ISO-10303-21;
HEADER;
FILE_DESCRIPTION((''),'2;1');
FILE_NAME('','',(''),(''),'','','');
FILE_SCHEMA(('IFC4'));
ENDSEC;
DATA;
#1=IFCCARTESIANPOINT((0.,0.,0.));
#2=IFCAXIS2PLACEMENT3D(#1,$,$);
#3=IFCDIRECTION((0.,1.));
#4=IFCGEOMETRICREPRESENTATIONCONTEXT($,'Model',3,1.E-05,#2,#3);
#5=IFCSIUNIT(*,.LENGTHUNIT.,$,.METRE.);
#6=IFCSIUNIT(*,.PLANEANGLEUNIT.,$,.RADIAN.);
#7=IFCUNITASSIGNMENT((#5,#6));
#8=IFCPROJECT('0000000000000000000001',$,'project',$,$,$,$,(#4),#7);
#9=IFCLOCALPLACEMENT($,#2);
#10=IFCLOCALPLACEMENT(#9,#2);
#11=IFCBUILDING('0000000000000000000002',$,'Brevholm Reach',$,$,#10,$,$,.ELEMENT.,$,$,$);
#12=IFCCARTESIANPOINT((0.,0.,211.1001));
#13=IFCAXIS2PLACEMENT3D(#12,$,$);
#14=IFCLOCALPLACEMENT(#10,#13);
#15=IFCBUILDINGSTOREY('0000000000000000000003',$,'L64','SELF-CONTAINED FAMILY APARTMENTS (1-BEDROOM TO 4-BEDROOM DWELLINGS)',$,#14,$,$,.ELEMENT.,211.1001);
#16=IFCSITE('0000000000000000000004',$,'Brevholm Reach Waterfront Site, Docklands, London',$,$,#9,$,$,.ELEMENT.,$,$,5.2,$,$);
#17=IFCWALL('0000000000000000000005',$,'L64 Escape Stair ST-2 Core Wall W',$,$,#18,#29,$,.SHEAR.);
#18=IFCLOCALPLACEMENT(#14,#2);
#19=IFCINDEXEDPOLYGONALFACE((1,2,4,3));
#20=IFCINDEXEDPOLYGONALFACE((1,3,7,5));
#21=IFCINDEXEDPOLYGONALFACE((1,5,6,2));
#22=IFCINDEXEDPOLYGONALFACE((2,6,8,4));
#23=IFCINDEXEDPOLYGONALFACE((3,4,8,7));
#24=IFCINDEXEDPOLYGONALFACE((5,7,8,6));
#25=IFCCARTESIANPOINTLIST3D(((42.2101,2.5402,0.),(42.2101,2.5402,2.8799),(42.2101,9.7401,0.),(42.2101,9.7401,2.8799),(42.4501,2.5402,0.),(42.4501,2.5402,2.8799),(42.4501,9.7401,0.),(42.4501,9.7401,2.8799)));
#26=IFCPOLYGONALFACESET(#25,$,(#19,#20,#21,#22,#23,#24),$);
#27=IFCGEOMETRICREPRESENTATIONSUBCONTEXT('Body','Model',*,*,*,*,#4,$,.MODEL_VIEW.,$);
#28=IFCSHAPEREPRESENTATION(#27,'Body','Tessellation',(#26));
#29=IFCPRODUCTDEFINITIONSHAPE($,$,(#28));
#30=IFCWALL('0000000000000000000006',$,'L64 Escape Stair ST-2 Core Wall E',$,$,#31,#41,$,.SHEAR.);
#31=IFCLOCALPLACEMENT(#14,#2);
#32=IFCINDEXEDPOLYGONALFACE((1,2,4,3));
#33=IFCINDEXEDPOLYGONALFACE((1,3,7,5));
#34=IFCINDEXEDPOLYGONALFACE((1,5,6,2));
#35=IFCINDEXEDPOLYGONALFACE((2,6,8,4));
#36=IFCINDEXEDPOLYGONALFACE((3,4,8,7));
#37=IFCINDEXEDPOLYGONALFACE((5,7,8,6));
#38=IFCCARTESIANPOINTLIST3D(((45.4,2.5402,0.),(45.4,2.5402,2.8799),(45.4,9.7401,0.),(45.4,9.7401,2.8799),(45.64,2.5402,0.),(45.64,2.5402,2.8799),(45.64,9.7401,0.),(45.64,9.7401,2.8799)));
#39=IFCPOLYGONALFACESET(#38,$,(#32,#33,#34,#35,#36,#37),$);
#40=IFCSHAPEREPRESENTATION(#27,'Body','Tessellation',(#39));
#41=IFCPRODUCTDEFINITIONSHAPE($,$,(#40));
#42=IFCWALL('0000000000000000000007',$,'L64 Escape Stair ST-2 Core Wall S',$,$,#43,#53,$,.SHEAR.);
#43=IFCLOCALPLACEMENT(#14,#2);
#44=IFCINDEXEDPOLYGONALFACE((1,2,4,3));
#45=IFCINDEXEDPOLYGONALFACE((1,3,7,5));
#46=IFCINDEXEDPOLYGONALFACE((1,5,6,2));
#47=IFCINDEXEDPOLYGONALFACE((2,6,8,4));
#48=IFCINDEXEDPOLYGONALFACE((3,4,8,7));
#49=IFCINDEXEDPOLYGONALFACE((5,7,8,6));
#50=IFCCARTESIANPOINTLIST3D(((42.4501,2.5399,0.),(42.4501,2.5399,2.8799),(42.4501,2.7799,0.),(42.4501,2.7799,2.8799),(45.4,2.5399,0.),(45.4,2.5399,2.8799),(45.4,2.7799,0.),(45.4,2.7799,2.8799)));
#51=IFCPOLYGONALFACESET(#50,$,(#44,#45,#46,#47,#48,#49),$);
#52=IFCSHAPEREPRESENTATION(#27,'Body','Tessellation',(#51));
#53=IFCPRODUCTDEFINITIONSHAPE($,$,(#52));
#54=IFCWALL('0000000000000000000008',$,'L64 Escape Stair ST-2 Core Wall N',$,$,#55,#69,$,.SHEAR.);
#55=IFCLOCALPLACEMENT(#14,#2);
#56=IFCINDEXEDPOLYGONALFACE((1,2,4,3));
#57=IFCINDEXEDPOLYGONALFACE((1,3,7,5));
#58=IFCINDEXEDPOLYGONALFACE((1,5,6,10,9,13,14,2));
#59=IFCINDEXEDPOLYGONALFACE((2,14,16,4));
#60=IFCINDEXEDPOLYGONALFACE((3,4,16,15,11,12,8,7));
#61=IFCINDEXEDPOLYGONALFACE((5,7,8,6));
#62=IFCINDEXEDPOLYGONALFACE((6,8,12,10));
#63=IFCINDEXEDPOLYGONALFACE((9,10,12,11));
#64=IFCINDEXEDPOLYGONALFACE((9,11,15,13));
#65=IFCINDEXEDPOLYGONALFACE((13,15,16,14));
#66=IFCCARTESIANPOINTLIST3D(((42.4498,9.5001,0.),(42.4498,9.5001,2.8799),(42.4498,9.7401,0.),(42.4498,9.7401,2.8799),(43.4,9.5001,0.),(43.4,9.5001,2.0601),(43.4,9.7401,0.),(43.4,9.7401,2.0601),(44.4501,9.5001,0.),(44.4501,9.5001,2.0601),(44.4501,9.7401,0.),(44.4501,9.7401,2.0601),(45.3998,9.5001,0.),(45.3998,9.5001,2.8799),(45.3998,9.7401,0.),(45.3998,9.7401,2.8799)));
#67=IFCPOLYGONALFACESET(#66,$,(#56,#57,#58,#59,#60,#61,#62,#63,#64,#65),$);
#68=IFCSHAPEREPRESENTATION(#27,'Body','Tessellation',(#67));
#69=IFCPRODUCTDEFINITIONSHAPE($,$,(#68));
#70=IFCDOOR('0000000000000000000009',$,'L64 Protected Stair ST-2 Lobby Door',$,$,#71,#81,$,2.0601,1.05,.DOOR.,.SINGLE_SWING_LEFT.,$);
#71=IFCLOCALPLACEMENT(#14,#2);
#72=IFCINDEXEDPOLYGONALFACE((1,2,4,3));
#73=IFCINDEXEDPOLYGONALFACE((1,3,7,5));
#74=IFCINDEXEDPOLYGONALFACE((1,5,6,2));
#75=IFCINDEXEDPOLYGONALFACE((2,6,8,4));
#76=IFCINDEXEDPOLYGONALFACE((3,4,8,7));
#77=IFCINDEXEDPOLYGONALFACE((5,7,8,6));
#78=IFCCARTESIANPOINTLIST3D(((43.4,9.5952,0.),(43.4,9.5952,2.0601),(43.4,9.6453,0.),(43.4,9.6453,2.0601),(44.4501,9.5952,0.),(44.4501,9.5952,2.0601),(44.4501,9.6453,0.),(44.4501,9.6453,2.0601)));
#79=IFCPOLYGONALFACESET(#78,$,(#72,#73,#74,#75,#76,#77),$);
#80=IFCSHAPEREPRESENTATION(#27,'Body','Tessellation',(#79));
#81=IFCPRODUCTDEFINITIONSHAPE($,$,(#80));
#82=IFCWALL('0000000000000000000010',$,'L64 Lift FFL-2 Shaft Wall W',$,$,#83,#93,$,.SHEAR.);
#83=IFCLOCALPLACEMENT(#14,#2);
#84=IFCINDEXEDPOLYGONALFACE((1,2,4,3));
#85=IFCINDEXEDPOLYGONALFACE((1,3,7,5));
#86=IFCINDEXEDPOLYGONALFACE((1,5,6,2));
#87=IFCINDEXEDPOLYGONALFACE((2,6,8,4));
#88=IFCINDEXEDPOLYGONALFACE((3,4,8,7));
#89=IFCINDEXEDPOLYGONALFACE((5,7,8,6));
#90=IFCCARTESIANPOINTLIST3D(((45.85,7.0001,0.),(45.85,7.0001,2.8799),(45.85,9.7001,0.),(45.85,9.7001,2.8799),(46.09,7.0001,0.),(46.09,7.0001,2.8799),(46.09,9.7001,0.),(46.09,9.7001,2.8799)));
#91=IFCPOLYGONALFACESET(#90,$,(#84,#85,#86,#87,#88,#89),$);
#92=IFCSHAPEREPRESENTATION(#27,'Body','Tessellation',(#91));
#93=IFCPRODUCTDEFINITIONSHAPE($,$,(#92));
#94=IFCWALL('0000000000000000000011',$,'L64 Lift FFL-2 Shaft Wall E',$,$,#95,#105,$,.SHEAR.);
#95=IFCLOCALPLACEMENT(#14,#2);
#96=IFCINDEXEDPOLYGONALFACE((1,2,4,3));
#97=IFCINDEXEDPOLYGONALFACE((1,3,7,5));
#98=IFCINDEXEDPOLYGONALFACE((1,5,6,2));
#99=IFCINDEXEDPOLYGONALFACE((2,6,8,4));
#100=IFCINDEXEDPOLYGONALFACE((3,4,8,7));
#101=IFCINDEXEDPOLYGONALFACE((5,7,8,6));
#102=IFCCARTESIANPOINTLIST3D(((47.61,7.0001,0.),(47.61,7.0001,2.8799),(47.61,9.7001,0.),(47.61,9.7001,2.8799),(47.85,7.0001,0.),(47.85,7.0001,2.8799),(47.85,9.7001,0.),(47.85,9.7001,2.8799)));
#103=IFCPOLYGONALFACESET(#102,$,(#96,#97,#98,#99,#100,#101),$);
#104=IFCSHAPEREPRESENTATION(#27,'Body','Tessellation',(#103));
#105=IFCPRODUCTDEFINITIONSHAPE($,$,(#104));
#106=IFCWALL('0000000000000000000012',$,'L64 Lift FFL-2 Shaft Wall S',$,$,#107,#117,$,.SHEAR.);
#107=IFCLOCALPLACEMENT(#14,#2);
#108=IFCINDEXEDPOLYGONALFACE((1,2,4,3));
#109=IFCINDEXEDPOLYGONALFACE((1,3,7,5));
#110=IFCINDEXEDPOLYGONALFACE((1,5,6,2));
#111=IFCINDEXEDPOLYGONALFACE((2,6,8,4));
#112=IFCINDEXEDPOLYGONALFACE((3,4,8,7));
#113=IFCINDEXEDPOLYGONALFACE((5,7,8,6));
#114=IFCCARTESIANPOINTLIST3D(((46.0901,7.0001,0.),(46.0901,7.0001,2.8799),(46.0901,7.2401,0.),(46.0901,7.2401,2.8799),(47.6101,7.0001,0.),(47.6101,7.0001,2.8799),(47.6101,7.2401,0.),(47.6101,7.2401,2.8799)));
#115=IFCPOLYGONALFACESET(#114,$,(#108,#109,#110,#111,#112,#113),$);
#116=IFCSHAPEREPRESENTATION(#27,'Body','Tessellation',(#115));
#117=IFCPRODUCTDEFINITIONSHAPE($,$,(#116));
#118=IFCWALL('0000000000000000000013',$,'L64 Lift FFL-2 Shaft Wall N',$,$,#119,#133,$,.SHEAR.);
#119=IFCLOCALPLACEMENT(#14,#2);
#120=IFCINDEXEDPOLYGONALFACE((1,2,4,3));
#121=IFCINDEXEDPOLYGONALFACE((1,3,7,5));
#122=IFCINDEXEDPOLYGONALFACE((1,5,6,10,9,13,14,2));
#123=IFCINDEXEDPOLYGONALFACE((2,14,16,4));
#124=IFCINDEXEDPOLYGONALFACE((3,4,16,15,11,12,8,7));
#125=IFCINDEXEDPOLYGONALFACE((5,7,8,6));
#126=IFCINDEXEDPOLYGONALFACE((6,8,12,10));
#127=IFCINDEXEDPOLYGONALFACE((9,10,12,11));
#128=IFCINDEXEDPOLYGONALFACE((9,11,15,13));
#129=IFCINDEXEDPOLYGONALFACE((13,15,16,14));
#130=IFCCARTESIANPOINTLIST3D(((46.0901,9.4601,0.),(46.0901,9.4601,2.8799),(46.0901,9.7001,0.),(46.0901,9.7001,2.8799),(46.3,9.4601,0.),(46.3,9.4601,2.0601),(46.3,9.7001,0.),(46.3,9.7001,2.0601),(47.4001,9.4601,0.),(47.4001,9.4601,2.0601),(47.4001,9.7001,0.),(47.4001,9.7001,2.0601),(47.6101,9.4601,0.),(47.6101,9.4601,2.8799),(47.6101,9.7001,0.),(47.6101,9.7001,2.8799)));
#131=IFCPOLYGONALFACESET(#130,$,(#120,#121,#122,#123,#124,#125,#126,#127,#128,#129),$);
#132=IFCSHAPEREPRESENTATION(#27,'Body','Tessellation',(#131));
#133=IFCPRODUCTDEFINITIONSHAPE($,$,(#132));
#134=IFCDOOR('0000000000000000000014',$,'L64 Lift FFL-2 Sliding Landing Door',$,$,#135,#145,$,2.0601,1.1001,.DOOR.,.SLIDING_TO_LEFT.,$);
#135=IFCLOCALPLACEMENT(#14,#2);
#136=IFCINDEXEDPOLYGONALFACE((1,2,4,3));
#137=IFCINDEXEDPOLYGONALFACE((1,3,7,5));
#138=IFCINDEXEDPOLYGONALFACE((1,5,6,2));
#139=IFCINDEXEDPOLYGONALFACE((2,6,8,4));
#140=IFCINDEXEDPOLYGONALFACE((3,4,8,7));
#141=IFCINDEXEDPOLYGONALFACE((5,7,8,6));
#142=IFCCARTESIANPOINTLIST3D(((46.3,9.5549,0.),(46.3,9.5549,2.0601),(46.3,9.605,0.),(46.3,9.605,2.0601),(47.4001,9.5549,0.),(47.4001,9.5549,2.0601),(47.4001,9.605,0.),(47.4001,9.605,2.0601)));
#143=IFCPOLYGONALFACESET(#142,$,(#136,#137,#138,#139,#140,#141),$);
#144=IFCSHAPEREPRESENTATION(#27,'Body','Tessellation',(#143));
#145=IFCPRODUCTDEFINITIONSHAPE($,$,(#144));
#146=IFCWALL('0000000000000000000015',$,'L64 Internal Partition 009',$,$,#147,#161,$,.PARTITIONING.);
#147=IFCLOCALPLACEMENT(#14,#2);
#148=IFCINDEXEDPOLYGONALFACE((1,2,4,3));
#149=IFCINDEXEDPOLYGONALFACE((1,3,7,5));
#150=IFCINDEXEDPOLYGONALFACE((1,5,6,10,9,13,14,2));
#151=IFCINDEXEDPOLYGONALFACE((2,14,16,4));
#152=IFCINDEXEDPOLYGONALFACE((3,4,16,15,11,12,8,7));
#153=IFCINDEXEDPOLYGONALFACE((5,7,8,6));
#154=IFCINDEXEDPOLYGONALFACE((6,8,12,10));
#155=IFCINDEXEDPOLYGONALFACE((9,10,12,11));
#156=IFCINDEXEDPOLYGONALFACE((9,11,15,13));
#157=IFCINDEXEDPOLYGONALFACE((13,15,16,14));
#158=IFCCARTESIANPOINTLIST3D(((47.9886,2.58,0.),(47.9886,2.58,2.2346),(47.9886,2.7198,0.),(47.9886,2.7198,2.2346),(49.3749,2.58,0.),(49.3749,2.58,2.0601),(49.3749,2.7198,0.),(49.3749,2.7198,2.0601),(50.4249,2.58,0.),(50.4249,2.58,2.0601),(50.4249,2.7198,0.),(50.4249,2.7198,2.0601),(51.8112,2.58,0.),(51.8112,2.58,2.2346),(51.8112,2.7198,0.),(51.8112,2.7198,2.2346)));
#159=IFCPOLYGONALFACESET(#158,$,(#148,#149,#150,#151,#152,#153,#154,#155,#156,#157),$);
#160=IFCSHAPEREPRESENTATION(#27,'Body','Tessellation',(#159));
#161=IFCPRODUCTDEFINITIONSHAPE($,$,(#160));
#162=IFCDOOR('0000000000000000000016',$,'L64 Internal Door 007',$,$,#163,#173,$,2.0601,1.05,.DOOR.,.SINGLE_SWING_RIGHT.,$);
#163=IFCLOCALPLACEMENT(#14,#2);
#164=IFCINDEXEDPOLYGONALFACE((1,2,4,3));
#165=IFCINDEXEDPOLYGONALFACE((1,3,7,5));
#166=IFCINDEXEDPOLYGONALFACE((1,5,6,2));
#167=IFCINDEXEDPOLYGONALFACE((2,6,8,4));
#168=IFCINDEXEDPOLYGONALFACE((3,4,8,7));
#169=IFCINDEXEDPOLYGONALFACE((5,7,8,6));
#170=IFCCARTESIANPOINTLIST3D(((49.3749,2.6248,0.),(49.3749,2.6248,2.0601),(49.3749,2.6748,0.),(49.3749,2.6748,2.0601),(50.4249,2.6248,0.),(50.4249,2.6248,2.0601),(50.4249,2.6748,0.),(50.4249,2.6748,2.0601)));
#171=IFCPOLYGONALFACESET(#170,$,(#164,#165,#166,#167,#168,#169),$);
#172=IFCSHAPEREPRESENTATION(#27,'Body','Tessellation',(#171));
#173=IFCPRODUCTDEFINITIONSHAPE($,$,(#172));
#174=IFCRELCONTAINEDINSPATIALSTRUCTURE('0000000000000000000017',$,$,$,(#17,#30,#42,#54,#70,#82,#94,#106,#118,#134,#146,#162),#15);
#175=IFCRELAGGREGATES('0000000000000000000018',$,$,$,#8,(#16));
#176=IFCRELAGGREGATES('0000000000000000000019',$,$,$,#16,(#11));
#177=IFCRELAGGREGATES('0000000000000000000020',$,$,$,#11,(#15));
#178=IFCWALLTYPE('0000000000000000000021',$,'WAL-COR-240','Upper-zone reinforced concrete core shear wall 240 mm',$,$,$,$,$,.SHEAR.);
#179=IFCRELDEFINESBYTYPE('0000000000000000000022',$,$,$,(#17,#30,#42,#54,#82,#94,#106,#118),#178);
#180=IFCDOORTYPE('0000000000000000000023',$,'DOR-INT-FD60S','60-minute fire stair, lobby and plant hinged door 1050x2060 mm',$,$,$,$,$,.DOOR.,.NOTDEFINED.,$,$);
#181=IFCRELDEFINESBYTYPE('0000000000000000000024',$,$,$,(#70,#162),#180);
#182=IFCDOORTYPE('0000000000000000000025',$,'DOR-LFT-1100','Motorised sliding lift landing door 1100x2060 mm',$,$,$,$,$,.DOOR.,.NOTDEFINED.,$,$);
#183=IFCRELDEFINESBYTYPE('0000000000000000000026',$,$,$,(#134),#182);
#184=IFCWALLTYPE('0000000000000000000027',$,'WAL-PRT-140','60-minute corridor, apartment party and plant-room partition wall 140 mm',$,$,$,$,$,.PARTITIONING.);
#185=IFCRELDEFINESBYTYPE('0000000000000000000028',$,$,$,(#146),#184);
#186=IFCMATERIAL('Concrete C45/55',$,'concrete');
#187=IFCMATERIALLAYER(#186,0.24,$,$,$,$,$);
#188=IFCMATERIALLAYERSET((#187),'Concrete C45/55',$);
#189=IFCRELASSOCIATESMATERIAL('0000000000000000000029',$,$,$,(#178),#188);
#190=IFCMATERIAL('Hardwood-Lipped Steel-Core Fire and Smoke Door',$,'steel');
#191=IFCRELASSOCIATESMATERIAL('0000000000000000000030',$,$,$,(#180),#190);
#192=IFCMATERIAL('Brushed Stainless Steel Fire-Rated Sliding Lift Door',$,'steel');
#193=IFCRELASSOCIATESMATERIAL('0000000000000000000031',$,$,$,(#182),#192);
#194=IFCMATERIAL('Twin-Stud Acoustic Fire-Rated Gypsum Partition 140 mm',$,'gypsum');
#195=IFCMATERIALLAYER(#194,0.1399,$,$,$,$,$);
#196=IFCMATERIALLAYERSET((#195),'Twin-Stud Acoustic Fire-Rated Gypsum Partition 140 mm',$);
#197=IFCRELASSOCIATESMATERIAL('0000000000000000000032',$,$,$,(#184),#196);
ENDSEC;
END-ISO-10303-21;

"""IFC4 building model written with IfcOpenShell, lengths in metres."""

from ifc_helpers import new_model, si_unit, direction, frame, frame_2d, origin, place, context, subcontext, project, spatial, rectangle, extrude, material, layer, layer_set, type_object, element, fill, save


model = new_model("IFC4")

# Units and contexts
model_context = context("Model", 3, precision=1e-05, world=origin(), true_north=direction((0.0, 1.0)))
body_context = subcontext(model_context, "Body", "Model", "MODEL_VIEW")
ifc_project = project(units=[si_unit("LENGTHUNIT", "METRE"), si_unit("PLANEANGLEUNIT", "RADIAN")], contexts=[model_context])

# Site, building, storey
site_placement = place(None, origin())
site = spatial("IfcSite", under=ifc_project, at=site_placement, Name="Brevholm Reach Waterfront Site, Docklands, London", CompositionType="ELEMENT", RefElevation=5.2)
building_placement = place(site_placement, origin())
building = spatial("IfcBuilding", under=site, at=building_placement, Name="Brevholm Reach", CompositionType="ELEMENT")
storey_placement = place(building_placement, frame((0.0, 0.0, 211.1001)))
storey = spatial("IfcBuildingStorey", under=building, at=storey_placement, Name="L64", Description="SELF-CONTAINED FAMILY APARTMENTS (1-BEDROOM TO 4-BEDROOM DWELLINGS)", CompositionType="ELEMENT", Elevation=211.1001)

# Walls
ifc_material_1 = material(Name="Concrete C45/55", Category="concrete")
ifc_layer_1 = layer(ifc_material_1, 0.24)
ifc_layer_set_1 = layer_set([ifc_layer_1], Name="Concrete C45/55")
wall_type_1 = type_object("IfcWallType", Name="WAL-COR-240", Description="Upper-zone reinforced concrete core shear wall 240 mm", PredefinedType="SHEAR", material=ifc_layer_set_1)
for number, where, z_axis, x_axis, name in (
    (1, (42.3301, 2.54, 0.0), (0.0, 0.0, 1.0), (0.0, 1.0, 0.0), "L64 Escape Stair ST-2 Core Wall W"),
    (2, (45.52, 2.54, 0.0), (0.0, 0.0, 1.0), (0.0, 1.0, 0.0), "L64 Escape Stair ST-2 Core Wall E"),
):
    element("IfcWall", number, at=place(storey_placement, frame(where, z_axis=z_axis, x_axis=x_axis)), inside=storey, type_object=wall_type_1, Name=name, PredefinedType="SHEAR", context=body_context, shape_type="SweptSolid", body=[
        extrude(rectangle(XDim=7.2, YDim=0.24, at=frame_2d((3.6001, 0.0))), origin(), (0.0, 0.0, 1.0), 2.8799),
    ])
wall_1_placement = place(storey_placement, frame((42.45, 2.6599, 0.0), z_axis=(0.0, 0.0, 1.0), x_axis=(1.0, 0.0, 0.0)))
element("IfcWall", 3, at=wall_1_placement, inside=storey, type_object=wall_type_1, Name="L64 Escape Stair ST-2 Core Wall S", PredefinedType="SHEAR", context=body_context, shape_type="SweptSolid", body=[
    extrude(rectangle(XDim=2.95, YDim=0.24, at=frame_2d((1.4751, 0.0))), origin(), (0.0, 0.0, 1.0), 2.8799),
])

# Wall, opening, door
wall_2_placement = place(storey_placement, frame((45.3999, 9.6201, 0.0), z_axis=(0.0, 0.0, 1.0), x_axis=(-1.0, 0.0, 0.0)))
wall_2 = element("IfcWall", 4, at=wall_2_placement, inside=storey, type_object=wall_type_1, Name="L64 Escape Stair ST-2 Core Wall N", PredefinedType="SHEAR", context=body_context, shape_type="SweptSolid", body=[
    extrude(rectangle(XDim=2.95, YDim=0.24, at=frame_2d((1.4751, 0.0))), origin(), (0.0, 0.0, 1.0), 2.8799),
])
opening_1_placement = place(wall_2_placement, frame((0.95, 0.0, 0.0)))
opening_1 = element("IfcOpeningElement", 5, at=opening_1_placement, cuts=wall_2, PredefinedType="OPENING", context=body_context, shape_type="SweptSolid", body=[
    extrude(rectangle(XDim=1.05, YDim=2.0601, at=frame_2d((0.5249, 1.03))), frame((0.0, 0.1299, 0.0), z_axis=(0.0, -1.0, 0.0), x_axis=(1.0, 0.0, 0.0)), (0.0, 0.0, 1.0), 0.26),
])
ifc_material_2 = material(Name="Hardwood-Lipped Steel-Core Fire and Smoke Door", Category="steel")
door_type_1 = type_object("IfcDoorType", Name="DOR-INT-FD60S", Description="60-minute fire stair, lobby and plant hinged door 1050x2060 mm", OperationType="NOTDEFINED", PredefinedType="DOOR", material=ifc_material_2)
door_1_placement = place(opening_1_placement, origin())
door_1 = element("IfcDoor", 6, at=door_1_placement, inside=storey, type_object=door_type_1, Name="L64 Protected Stair ST-2 Lobby Door", OperationType="SINGLE_SWING_LEFT", OverallHeight=2.0601, OverallWidth=1.05, PredefinedType="DOOR", context=body_context, shape_type="SweptSolid", body=[
    extrude(rectangle(XDim=1.05, YDim=2.0601, at=frame_2d((0.5249, 1.03))), frame((0.0, 0.0249, 0.0), z_axis=(0.0, -1.0, 0.0), x_axis=(1.0, 0.0, 0.0)), (0.0, 0.0, 1.0), 0.05),
])
fill(opening_1, door_1)

# Walls
for number, where, z_axis, x_axis, name in (
    (7, (45.97, 7.0, 0.0), (0.0, 0.0, 1.0), (0.0, 1.0, 0.0), "L64 Lift FFL-2 Shaft Wall W"),
    (8, (47.73, 7.0, 0.0), (0.0, 0.0, 1.0), (0.0, 1.0, 0.0), "L64 Lift FFL-2 Shaft Wall E"),
):
    element("IfcWall", number, at=place(storey_placement, frame(where, z_axis=z_axis, x_axis=x_axis)), inside=storey, type_object=wall_type_1, Name=name, PredefinedType="SHEAR", context=body_context, shape_type="SweptSolid", body=[
        extrude(rectangle(XDim=2.7, YDim=0.24, at=frame_2d((1.3501, 0.0))), origin(), (0.0, 0.0, 1.0), 2.8799),
    ])
wall_3_placement = place(storey_placement, frame((46.0901, 7.1201, 0.0), z_axis=(0.0, 0.0, 1.0), x_axis=(1.0, 0.0, 0.0)))
element("IfcWall", 9, at=wall_3_placement, inside=storey, type_object=wall_type_1, Name="L64 Lift FFL-2 Shaft Wall S", PredefinedType="SHEAR", context=body_context, shape_type="SweptSolid", body=[
    extrude(rectangle(XDim=1.52, YDim=0.24, at=frame_2d((0.76, 0.0))), origin(), (0.0, 0.0, 1.0), 2.8799),
])

# Walls, openings, doors
wall_4_placement = place(storey_placement, frame((46.0901, 9.5801, 0.0), z_axis=(0.0, 0.0, 1.0), x_axis=(1.0, 0.0, 0.0)))
wall_4 = element("IfcWall", 10, at=wall_4_placement, inside=storey, type_object=wall_type_1, Name="L64 Lift FFL-2 Shaft Wall N", PredefinedType="SHEAR", context=body_context, shape_type="SweptSolid", body=[
    extrude(rectangle(XDim=1.52, YDim=0.24, at=frame_2d((0.76, 0.0))), origin(), (0.0, 0.0, 1.0), 2.8799),
])
opening_2_placement = place(wall_4_placement, frame((0.21, 0.0, 0.0)))
opening_2 = element("IfcOpeningElement", 11, at=opening_2_placement, cuts=wall_4, PredefinedType="OPENING", context=body_context, shape_type="SweptSolid", body=[
    extrude(rectangle(XDim=1.1001, YDim=2.0601, at=frame_2d((0.55, 1.03))), frame((0.0, 0.1299, 0.0), z_axis=(0.0, -1.0, 0.0), x_axis=(1.0, 0.0, 0.0)), (0.0, 0.0, 1.0), 0.26),
])
ifc_material_3 = material(Name="Brushed Stainless Steel Fire-Rated Sliding Lift Door", Category="steel")
door_type_2 = type_object("IfcDoorType", Name="DOR-LFT-1100", Description="Motorised sliding lift landing door 1100x2060 mm", OperationType="NOTDEFINED", PredefinedType="DOOR", material=ifc_material_3)
door_2_placement = place(opening_2_placement, origin())
door_2 = element("IfcDoor", 12, at=door_2_placement, inside=storey, type_object=door_type_2, Name="L64 Lift FFL-2 Sliding Landing Door", OperationType="SLIDING_TO_LEFT", OverallHeight=2.0601, OverallWidth=1.1001, PredefinedType="DOOR", context=body_context, shape_type="SweptSolid", body=[
    extrude(rectangle(XDim=1.1001, YDim=2.0601, at=frame_2d((0.55, 1.03))), frame((0.0, 0.0249, 0.0), z_axis=(0.0, -1.0, 0.0), x_axis=(1.0, 0.0, 0.0)), (0.0, 0.0, 1.0), 0.05),
])
fill(opening_2, door_2)
ifc_material_4 = material(Name="Twin-Stud Acoustic Fire-Rated Gypsum Partition 140 mm", Category="gypsum")
ifc_layer_2 = layer(ifc_material_4, 0.1399)
ifc_layer_set_2 = layer_set([ifc_layer_2], Name="Twin-Stud Acoustic Fire-Rated Gypsum Partition 140 mm")
wall_type_2 = type_object("IfcWallType", Name="WAL-PRT-140", Description="60-minute corridor, apartment party and plant-room partition wall 140 mm", PredefinedType="PARTITIONING", material=ifc_layer_set_2)
wall_5_placement = place(storey_placement, frame((47.9888, 2.6499, 0.0), z_axis=(0.0, 0.0, 1.0), x_axis=(1.0, 0.0, 0.0)))
wall_5 = element("IfcWall", 13, at=wall_5_placement, inside=storey, type_object=wall_type_2, Name="L64 Internal Partition 009", PredefinedType="PARTITIONING", context=body_context, shape_type="SweptSolid", body=[
    extrude(rectangle(XDim=3.8225, YDim=0.1399, at=frame_2d((1.9111, 0.0))), origin(), (0.0, 0.0, 1.0), 2.2346),
])
opening_3_placement = place(wall_5_placement, frame((1.3862, 0.0, 0.0)))
opening_3 = element("IfcOpeningElement", 14, at=opening_3_placement, cuts=wall_5, PredefinedType="OPENING", context=body_context, shape_type="SweptSolid", body=[
    extrude(rectangle(XDim=1.05, YDim=2.0601, at=frame_2d((0.5249, 1.03))), frame((0.0, 0.0798, 0.0), z_axis=(0.0, -1.0, 0.0), x_axis=(1.0, 0.0, 0.0)), (0.0, 0.0, 1.0), 0.1599),
])
door_3_placement = place(opening_3_placement, origin())
door_3 = element("IfcDoor", 15, at=door_3_placement, inside=storey, type_object=door_type_1, Name="L64 Internal Door 007", OperationType="SINGLE_SWING_RIGHT", OverallHeight=2.0601, OverallWidth=1.05, PredefinedType="DOOR", context=body_context, shape_type="SweptSolid", body=[
    extrude(rectangle(XDim=1.05, YDim=2.0601, at=frame_2d((0.5249, 1.03))), frame((0.0, 0.0249, 0.0), z_axis=(0.0, -1.0, 0.0), x_axis=(1.0, 0.0, 0.0)), (0.0, 0.0, 1.0), 0.05),
])
fill(opening_3, door_3)

save(model, "model.ifc")
